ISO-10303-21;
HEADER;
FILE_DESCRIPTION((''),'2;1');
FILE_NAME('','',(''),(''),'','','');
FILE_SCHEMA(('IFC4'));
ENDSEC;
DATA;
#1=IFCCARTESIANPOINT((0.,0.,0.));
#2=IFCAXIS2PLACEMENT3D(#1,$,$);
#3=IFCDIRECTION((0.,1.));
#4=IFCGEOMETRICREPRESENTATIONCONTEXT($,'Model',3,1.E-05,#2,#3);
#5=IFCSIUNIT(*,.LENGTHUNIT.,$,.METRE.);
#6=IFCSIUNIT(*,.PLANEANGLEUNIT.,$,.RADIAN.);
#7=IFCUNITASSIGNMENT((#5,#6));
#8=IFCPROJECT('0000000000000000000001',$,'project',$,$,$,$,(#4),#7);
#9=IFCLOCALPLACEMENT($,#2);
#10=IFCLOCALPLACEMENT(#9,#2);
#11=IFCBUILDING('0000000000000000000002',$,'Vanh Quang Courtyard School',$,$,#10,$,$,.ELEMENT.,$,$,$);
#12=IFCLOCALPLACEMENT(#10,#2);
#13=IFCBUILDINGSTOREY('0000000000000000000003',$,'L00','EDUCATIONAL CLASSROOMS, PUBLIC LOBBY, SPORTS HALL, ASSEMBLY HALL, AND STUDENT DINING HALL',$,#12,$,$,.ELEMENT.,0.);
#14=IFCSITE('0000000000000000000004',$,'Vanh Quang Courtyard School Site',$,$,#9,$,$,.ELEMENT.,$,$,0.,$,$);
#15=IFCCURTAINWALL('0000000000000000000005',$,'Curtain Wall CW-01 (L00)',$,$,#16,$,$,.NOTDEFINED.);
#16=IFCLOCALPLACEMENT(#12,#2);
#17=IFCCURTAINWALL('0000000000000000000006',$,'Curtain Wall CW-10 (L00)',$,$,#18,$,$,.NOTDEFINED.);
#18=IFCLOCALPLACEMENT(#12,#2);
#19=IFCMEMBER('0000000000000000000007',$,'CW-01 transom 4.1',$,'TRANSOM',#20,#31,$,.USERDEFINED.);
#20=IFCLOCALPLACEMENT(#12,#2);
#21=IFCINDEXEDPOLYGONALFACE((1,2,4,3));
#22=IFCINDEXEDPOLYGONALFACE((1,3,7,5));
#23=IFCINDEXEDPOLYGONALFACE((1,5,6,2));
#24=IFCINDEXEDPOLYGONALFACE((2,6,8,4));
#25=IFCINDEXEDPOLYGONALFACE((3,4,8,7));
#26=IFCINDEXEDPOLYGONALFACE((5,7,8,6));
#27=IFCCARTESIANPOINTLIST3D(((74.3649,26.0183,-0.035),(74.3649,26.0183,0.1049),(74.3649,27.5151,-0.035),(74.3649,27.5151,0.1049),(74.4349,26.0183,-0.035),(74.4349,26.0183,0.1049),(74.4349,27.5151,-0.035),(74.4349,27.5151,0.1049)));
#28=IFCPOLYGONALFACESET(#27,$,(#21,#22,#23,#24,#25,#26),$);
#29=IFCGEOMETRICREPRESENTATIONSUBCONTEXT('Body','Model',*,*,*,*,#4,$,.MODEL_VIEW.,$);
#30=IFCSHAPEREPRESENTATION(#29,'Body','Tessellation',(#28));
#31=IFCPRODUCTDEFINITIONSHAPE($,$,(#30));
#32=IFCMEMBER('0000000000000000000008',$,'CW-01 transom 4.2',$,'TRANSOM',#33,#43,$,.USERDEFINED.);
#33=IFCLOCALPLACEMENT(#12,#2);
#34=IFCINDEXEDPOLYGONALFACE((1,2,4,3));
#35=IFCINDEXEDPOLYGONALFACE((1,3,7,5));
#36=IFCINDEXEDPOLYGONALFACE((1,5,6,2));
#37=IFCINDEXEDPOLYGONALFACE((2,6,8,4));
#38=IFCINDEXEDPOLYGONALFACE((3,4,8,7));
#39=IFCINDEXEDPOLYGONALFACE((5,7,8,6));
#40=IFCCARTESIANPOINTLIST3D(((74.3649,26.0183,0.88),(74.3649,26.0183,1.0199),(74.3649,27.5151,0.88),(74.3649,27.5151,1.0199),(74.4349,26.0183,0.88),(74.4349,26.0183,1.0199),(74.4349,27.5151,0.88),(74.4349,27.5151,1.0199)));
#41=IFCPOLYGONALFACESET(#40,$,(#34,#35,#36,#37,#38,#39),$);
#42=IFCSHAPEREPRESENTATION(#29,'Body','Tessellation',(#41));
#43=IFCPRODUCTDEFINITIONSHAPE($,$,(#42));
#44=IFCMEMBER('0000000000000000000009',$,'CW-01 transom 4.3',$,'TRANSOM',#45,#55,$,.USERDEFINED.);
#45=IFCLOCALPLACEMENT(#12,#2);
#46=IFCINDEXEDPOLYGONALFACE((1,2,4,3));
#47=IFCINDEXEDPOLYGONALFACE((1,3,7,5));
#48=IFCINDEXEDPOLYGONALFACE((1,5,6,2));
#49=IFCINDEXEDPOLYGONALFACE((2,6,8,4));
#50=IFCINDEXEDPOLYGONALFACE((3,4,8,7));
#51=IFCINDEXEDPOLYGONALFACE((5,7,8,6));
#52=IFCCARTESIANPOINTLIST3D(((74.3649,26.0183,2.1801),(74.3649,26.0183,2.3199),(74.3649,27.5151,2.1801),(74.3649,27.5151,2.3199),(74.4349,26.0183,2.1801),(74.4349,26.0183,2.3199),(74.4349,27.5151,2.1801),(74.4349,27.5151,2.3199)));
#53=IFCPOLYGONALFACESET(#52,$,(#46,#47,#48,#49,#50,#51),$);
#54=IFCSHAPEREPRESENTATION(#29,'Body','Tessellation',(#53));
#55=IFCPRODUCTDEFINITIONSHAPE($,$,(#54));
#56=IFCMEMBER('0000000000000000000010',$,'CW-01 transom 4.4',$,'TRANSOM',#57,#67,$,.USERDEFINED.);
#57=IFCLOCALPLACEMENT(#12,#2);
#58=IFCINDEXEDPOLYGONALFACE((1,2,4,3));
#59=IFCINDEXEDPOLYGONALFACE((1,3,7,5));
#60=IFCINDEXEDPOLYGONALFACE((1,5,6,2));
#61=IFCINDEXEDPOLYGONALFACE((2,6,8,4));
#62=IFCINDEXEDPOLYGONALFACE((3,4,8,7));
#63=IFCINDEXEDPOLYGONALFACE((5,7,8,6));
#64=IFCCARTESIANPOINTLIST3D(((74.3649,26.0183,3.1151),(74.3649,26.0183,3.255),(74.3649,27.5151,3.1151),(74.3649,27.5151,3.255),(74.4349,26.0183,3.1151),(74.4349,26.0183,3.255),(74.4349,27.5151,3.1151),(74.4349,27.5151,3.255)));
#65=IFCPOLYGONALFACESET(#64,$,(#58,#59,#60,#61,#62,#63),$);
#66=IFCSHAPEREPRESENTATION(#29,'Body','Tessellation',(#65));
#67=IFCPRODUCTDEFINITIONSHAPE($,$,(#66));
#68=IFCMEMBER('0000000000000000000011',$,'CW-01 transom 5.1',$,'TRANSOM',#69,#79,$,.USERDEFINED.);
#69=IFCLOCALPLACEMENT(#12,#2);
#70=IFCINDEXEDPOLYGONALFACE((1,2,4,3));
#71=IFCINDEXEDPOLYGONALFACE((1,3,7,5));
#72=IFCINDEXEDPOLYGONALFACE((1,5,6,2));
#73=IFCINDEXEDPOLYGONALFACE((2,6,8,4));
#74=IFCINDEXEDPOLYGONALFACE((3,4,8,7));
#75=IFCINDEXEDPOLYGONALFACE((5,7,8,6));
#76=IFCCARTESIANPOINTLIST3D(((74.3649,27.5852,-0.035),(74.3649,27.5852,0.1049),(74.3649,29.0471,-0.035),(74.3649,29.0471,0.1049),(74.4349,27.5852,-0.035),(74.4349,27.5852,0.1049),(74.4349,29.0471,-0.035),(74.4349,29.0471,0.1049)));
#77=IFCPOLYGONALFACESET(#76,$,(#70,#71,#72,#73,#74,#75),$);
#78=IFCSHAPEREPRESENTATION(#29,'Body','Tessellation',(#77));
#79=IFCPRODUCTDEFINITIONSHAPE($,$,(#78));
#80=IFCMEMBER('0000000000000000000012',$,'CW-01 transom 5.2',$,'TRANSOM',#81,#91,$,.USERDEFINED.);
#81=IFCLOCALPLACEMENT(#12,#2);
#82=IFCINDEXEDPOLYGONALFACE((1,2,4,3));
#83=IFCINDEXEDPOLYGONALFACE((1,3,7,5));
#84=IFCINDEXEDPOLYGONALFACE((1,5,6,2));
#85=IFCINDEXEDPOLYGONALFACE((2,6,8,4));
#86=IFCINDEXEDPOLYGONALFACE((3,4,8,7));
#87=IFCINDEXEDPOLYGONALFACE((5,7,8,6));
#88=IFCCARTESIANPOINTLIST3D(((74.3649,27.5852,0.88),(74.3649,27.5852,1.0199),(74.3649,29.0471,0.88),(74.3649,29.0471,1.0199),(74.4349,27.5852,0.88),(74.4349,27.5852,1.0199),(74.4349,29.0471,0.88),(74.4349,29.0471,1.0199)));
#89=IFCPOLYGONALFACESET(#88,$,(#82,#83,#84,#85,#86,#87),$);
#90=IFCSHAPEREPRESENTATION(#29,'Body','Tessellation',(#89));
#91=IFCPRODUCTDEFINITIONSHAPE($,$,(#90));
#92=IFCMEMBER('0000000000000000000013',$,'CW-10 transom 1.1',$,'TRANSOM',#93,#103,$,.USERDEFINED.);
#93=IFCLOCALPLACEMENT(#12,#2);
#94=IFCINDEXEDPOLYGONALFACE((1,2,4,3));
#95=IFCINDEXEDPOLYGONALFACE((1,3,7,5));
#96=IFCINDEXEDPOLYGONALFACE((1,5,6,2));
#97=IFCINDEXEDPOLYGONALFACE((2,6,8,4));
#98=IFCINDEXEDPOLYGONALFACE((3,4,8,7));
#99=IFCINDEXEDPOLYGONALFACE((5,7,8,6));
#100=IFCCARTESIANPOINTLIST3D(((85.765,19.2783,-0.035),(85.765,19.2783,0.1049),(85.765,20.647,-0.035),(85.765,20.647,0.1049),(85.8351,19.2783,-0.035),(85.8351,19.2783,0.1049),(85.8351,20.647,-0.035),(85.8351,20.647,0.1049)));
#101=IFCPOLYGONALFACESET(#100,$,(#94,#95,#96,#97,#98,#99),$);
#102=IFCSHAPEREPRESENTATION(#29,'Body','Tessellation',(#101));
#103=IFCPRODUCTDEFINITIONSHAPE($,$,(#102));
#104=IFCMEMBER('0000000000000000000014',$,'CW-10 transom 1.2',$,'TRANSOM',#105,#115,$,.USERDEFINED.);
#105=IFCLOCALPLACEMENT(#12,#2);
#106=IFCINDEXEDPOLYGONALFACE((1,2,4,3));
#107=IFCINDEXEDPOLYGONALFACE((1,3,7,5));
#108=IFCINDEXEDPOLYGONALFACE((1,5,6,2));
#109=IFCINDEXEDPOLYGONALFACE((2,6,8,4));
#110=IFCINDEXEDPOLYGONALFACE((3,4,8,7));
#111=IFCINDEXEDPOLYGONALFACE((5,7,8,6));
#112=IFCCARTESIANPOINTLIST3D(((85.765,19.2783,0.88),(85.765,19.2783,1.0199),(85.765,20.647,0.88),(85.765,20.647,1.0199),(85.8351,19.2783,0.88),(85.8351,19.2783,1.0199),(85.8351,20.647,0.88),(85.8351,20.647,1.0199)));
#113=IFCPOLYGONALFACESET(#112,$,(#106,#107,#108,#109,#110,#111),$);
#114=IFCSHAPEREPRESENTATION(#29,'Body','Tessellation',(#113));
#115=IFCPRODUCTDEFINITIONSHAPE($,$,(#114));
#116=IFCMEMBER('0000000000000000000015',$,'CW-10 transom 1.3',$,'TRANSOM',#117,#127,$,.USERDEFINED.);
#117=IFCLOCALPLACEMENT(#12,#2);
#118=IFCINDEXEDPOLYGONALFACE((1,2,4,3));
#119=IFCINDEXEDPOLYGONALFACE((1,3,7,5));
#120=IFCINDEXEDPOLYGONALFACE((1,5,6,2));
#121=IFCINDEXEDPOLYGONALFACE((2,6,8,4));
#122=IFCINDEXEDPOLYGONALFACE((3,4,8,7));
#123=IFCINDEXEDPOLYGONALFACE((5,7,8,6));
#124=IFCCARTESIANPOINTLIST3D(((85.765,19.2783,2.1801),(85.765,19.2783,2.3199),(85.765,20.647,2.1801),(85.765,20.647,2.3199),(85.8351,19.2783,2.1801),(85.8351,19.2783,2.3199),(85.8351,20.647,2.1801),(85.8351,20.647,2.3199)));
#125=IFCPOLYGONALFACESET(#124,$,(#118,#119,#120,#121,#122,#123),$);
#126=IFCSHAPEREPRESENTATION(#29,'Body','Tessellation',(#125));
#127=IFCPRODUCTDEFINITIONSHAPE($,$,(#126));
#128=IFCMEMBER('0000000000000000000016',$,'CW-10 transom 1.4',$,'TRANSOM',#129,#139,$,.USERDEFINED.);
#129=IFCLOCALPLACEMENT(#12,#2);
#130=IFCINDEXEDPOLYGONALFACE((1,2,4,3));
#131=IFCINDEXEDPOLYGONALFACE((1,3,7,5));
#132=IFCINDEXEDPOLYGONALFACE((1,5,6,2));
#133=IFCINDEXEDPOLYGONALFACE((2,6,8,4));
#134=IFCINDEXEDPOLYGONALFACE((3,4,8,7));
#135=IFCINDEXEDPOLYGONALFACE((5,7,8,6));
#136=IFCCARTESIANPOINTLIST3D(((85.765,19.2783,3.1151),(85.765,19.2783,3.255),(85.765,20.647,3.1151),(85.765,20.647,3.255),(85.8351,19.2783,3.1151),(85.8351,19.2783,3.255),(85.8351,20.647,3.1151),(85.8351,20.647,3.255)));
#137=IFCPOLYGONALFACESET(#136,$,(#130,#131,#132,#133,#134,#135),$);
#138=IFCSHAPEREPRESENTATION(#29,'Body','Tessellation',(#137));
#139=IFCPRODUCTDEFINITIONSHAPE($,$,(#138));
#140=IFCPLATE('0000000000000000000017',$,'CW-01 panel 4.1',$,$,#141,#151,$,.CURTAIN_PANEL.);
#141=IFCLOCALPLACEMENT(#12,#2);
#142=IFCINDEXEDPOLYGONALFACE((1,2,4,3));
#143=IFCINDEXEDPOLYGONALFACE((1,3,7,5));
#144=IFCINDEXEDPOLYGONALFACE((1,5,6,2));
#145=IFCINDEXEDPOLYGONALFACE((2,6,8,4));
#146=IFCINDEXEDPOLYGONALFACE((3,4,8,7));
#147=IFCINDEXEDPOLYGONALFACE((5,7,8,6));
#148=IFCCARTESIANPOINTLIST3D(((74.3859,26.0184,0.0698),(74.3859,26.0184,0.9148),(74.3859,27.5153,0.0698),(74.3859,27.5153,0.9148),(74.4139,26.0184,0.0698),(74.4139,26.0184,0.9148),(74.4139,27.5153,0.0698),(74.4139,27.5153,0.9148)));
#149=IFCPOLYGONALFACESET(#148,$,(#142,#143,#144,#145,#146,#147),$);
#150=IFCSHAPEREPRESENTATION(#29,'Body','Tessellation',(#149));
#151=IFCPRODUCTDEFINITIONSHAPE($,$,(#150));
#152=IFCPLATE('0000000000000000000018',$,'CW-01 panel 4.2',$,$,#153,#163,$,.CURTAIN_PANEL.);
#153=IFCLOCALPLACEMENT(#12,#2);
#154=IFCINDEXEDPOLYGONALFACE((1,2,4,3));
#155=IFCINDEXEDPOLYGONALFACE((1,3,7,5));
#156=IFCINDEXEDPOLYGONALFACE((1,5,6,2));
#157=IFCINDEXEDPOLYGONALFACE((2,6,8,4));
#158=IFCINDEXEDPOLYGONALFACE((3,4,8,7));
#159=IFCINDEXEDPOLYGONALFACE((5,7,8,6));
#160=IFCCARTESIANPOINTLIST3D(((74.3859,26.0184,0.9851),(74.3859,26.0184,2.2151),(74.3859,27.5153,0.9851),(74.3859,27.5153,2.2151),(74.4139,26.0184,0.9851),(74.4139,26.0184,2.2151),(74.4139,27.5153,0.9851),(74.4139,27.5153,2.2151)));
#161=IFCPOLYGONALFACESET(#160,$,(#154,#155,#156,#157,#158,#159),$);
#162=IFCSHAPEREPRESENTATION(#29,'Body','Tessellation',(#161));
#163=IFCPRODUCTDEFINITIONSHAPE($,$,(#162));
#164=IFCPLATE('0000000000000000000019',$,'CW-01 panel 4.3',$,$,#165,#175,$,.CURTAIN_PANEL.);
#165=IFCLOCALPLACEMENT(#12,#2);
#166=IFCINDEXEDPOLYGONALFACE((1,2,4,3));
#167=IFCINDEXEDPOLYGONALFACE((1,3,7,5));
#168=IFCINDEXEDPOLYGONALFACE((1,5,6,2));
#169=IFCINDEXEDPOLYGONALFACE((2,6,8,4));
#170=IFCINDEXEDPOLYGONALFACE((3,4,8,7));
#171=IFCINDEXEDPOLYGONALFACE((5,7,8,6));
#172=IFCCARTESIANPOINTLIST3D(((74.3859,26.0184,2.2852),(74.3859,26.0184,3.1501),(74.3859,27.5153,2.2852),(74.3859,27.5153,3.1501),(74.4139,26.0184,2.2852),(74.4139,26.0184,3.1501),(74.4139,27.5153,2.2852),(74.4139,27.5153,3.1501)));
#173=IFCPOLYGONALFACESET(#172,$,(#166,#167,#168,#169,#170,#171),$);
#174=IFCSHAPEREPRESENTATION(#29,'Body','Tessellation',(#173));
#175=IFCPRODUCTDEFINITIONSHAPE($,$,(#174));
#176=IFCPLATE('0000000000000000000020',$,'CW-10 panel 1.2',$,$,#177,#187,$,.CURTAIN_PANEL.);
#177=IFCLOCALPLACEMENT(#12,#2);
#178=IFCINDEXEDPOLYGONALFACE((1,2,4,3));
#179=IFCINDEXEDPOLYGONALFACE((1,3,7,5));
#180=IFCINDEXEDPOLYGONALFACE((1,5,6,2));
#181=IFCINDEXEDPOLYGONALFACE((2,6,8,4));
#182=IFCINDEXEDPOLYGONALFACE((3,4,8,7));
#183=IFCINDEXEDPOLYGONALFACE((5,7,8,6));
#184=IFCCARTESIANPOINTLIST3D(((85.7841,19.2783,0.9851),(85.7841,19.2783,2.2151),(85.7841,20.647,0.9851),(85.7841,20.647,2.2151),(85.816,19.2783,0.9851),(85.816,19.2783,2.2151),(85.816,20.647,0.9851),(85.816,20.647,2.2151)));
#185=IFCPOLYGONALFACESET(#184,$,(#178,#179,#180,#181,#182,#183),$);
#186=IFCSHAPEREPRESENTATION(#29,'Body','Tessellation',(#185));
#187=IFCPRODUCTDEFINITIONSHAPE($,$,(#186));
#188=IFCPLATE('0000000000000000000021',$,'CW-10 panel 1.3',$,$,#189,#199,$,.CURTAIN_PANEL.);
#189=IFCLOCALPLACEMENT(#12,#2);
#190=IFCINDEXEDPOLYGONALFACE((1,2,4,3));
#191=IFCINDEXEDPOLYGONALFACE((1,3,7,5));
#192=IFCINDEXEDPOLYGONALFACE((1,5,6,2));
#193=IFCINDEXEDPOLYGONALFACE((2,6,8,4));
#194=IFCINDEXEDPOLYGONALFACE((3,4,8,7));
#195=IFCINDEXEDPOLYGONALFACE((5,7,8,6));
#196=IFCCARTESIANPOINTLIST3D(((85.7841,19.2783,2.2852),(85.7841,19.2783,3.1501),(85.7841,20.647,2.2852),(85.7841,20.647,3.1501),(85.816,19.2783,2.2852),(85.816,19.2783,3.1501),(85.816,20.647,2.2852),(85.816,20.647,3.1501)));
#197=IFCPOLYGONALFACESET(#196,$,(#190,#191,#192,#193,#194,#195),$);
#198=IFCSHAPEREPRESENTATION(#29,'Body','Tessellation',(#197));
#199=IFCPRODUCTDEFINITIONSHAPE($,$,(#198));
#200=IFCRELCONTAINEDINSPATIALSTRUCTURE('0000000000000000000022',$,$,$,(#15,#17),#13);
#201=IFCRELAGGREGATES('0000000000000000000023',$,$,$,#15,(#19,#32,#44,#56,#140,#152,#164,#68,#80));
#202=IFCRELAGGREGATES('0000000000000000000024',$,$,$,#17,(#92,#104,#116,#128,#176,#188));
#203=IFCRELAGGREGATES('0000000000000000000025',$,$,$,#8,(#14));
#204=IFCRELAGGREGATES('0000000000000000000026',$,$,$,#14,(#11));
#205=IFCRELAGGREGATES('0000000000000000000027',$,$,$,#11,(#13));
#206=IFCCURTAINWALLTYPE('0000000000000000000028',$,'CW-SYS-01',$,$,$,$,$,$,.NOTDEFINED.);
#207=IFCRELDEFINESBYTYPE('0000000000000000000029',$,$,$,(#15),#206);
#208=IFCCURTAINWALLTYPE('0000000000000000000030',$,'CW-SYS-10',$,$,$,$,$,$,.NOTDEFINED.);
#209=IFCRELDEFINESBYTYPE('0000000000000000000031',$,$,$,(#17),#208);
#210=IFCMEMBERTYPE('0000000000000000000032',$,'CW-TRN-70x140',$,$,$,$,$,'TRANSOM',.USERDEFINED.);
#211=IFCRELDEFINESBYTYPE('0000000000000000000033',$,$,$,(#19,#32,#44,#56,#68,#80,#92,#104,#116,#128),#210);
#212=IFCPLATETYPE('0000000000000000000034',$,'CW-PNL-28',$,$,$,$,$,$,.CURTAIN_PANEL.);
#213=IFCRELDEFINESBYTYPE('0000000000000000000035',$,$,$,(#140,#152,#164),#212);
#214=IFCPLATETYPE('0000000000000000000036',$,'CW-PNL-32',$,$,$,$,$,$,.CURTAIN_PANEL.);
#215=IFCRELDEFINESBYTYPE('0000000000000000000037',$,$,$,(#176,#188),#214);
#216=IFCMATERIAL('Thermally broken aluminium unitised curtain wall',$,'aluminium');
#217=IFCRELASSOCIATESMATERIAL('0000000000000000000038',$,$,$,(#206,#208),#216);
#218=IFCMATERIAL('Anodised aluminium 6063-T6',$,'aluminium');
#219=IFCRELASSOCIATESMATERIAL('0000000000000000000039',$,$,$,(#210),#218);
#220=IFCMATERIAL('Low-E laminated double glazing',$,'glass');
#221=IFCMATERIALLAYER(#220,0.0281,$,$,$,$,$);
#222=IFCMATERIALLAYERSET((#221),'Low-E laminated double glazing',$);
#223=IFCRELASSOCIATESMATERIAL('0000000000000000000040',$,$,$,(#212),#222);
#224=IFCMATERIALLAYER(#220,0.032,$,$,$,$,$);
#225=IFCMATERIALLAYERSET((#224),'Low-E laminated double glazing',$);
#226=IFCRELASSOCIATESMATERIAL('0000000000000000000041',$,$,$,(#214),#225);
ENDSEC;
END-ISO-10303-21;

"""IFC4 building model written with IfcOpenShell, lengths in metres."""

from ifc_helpers import new_model, si_unit, direction, frame, origin, origin_2d, place, context, subcontext, project, spatial, rectangle, extrude, material, layer, layer_set, material_profile, profile_set, type_object, element, aggregate, save


model = new_model("IFC4")

# Units and contexts
model_context = context("Model", 3, precision=1e-05, world=origin(), true_north=direction((0.0, 1.0)))
body_context = subcontext(model_context, "Body", "Model", "MODEL_VIEW")
ifc_project = project(units=[si_unit("LENGTHUNIT", "METRE"), si_unit("PLANEANGLEUNIT", "RADIAN")], contexts=[model_context])

# Site, building, storey
site_placement = place(None, origin())
site = spatial("IfcSite", under=ifc_project, at=site_placement, Name="Vanh Quang Courtyard School Site", CompositionType="ELEMENT", RefElevation=0.0)
building_placement = place(site_placement, origin())
building = spatial("IfcBuilding", under=site, at=building_placement, Name="Vanh Quang Courtyard School", CompositionType="ELEMENT")
storey_placement = place(building_placement, origin())
storey = spatial("IfcBuildingStorey", under=building, at=storey_placement, Name="L00", Description="EDUCATIONAL CLASSROOMS, PUBLIC LOBBY, SPORTS HALL, ASSEMBLY HALL, AND STUDENT DINING HALL", CompositionType="ELEMENT", Elevation=0.0)

# Curtain walls
ifc_material_1 = material(Name="Thermally broken aluminium unitised curtain wall", Category="aluminium")
curtain_wall_type_1 = type_object("IfcCurtainWallType", Name="CW-SYS-01", PredefinedType="NOTDEFINED", material=ifc_material_1)
curtain_wall_1_placement = place(storey_placement, origin())
curtain_wall_1 = element("IfcCurtainWall", 1, at=curtain_wall_1_placement, inside=storey, type_object=curtain_wall_type_1, Name="Curtain Wall CW-01 (L00)", PredefinedType="NOTDEFINED")
ifc_material_2 = material(Name="Anodised aluminium 6063-T6", Category="aluminium")
curtain_wall_type_2 = type_object("IfcCurtainWallType", Name="CW-SYS-10", PredefinedType="NOTDEFINED", material=ifc_material_1)
curtain_wall_2_placement = place(storey_placement, origin())
curtain_wall_2 = element("IfcCurtainWall", 2, at=curtain_wall_2_placement, inside=storey, type_object=curtain_wall_type_2, Name="Curtain Wall CW-10 (L00)", PredefinedType="NOTDEFINED")

# Members
ifc_material_profile_1 = material_profile(ifc_material_2, rectangle(XDim=0.0701, YDim=0.1399, at=origin_2d()), Name="ALU-TRN 70x140")
ifc_profile_set_1 = profile_set([ifc_material_profile_1], Name="Anodised aluminium 6063-T6")
member_type_1 = type_object("IfcMemberType", Name="CW-TRN-70x140", ElementType="TRANSOM", PredefinedType="USERDEFINED", material=ifc_profile_set_1)
member_1_placement = place(storey_placement, frame((74.3999, 26.0183, 0.0349), z_axis=(0.0, 1.0, 0.0), x_axis=(-1.0, 0.0, 0.0)))
member_1 = element("IfcMember", 3, at=member_1_placement, type_object=member_type_1, Name="CW-01 transom 4.1", ObjectType="TRANSOM", PredefinedType="USERDEFINED", context=body_context, shape_type="SweptSolid", body=[
    extrude(rectangle(XDim=0.0701, YDim=0.1399, at=origin_2d()), origin(), (0.0, 0.0, 1.0), 1.4968),
])
member_2_placement = place(storey_placement, frame((74.3999, 26.0183, 0.95), z_axis=(0.0, 1.0, 0.0), x_axis=(-1.0, 0.0, 0.0)))
member_2 = element("IfcMember", 4, at=member_2_placement, type_object=member_type_1, Name="CW-01 transom 4.2", ObjectType="TRANSOM", PredefinedType="USERDEFINED", context=body_context, shape_type="SweptSolid", body=[
    extrude(rectangle(XDim=0.0701, YDim=0.1399, at=origin_2d()), origin(), (0.0, 0.0, 1.0), 1.4968),
])
member_3_placement = place(storey_placement, frame((74.3999, 26.0183, 2.25), z_axis=(0.0, 1.0, 0.0), x_axis=(-1.0, 0.0, 0.0)))
member_3 = element("IfcMember", 5, at=member_3_placement, type_object=member_type_1, Name="CW-01 transom 4.3", ObjectType="TRANSOM", PredefinedType="USERDEFINED", context=body_context, shape_type="SweptSolid", body=[
    extrude(rectangle(XDim=0.0701, YDim=0.1399, at=origin_2d()), origin(), (0.0, 0.0, 1.0), 1.4968),
])
member_4_placement = place(storey_placement, frame((74.3999, 26.0183, 3.1851), z_axis=(0.0, 1.0, 0.0), x_axis=(-1.0, 0.0, 0.0)))
member_4 = element("IfcMember", 6, at=member_4_placement, type_object=member_type_1, Name="CW-01 transom 4.4", ObjectType="TRANSOM", PredefinedType="USERDEFINED", context=body_context, shape_type="SweptSolid", body=[
    extrude(rectangle(XDim=0.0701, YDim=0.1399, at=origin_2d()), origin(), (0.0, 0.0, 1.0), 1.4968),
])
member_5_placement = place(storey_placement, frame((74.3999, 27.5852, 0.0349), z_axis=(0.0, 1.0, 0.0), x_axis=(-1.0, 0.0, 0.0)))
member_5 = element("IfcMember", 7, at=member_5_placement, type_object=member_type_1, Name="CW-01 transom 5.1", ObjectType="TRANSOM", PredefinedType="USERDEFINED", context=body_context, shape_type="SweptSolid", body=[
    extrude(rectangle(XDim=0.0701, YDim=0.1399, at=origin_2d()), origin(), (0.0, 0.0, 1.0), 1.4619),
])
member_6_placement = place(storey_placement, frame((74.3999, 27.5852, 0.95), z_axis=(0.0, 1.0, 0.0), x_axis=(-1.0, 0.0, 0.0)))
member_6 = element("IfcMember", 8, at=member_6_placement, type_object=member_type_1, Name="CW-01 transom 5.2", ObjectType="TRANSOM", PredefinedType="USERDEFINED", context=body_context, shape_type="SweptSolid", body=[
    extrude(rectangle(XDim=0.0701, YDim=0.1399, at=origin_2d()), origin(), (0.0, 0.0, 1.0), 1.4619),
])
member_7_placement = place(storey_placement, frame((85.8, 20.647, 0.0349), z_axis=(0.0, -1.0, 0.0), x_axis=(1.0, 0.0, 0.0)))
member_7 = element("IfcMember", 9, at=member_7_placement, type_object=member_type_1, Name="CW-10 transom 1.1", ObjectType="TRANSOM", PredefinedType="USERDEFINED", context=body_context, shape_type="SweptSolid", body=[
    extrude(rectangle(XDim=0.0701, YDim=0.1399, at=origin_2d()), origin(), (0.0, 0.0, 1.0), 1.3687),
])
member_8_placement = place(storey_placement, frame((85.8, 20.647, 0.95), z_axis=(0.0, -1.0, 0.0), x_axis=(1.0, 0.0, 0.0)))
member_8 = element("IfcMember", 10, at=member_8_placement, type_object=member_type_1, Name="CW-10 transom 1.2", ObjectType="TRANSOM", PredefinedType="USERDEFINED", context=body_context, shape_type="SweptSolid", body=[
    extrude(rectangle(XDim=0.0701, YDim=0.1399, at=origin_2d()), origin(), (0.0, 0.0, 1.0), 1.3687),
])
member_9_placement = place(storey_placement, frame((85.8, 20.647, 2.25), z_axis=(0.0, -1.0, 0.0), x_axis=(1.0, 0.0, 0.0)))
member_9 = element("IfcMember", 11, at=member_9_placement, type_object=member_type_1, Name="CW-10 transom 1.3", ObjectType="TRANSOM", PredefinedType="USERDEFINED", context=body_context, shape_type="SweptSolid", body=[
    extrude(rectangle(XDim=0.0701, YDim=0.1399, at=origin_2d()), origin(), (0.0, 0.0, 1.0), 1.3687),
])
member_10_placement = place(storey_placement, frame((85.8, 20.647, 3.1851), z_axis=(0.0, -1.0, 0.0), x_axis=(1.0, 0.0, 0.0)))
member_10 = element("IfcMember", 12, at=member_10_placement, type_object=member_type_1, Name="CW-10 transom 1.4", ObjectType="TRANSOM", PredefinedType="USERDEFINED", context=body_context, shape_type="SweptSolid", body=[
    extrude(rectangle(XDim=0.0701, YDim=0.1399, at=origin_2d()), origin(), (0.0, 0.0, 1.0), 1.3687),
])

# Plates
ifc_material_3 = material(Name="Low-E laminated double glazing", Category="glass")
ifc_layer_1 = layer(ifc_material_3, 0.0281)
ifc_layer_set_1 = layer_set([ifc_layer_1], Name="Low-E laminated double glazing")
plate_type_1 = type_object("IfcPlateType", Name="CW-PNL-28", PredefinedType="CURTAIN_PANEL", material=ifc_layer_set_1)
plate_1_placement = place(storey_placement, frame((74.3999, 26.7668, 0.0698), z_axis=(0.0, 0.0, 1.0), x_axis=(0.0, 1.0, 0.0)))
plate_1 = element("IfcPlate", 13, at=plate_1_placement, type_object=plate_type_1, Name="CW-01 panel 4.1", PredefinedType="CURTAIN_PANEL", context=body_context, shape_type="SweptSolid", body=[
    extrude(rectangle(XDim=1.4968, YDim=0.0281, at=origin_2d()), origin(), (0.0, 0.0, 1.0), 0.845),
])
plate_2_placement = place(storey_placement, frame((74.3999, 26.7668, 0.9851), z_axis=(0.0, 0.0, 1.0), x_axis=(0.0, 1.0, 0.0)))
plate_2 = element("IfcPlate", 14, at=plate_2_placement, type_object=plate_type_1, Name="CW-01 panel 4.2", PredefinedType="CURTAIN_PANEL", context=body_context, shape_type="SweptSolid", body=[
    extrude(rectangle(XDim=1.4968, YDim=0.0281, at=origin_2d()), origin(), (0.0, 0.0, 1.0), 1.23),
])
plate_3_placement = place(storey_placement, frame((74.3999, 26.7668, 2.2852), z_axis=(0.0, 0.0, 1.0), x_axis=(0.0, 1.0, 0.0)))
plate_3 = element("IfcPlate", 15, at=plate_3_placement, type_object=plate_type_1, Name="CW-01 panel 4.3", PredefinedType="CURTAIN_PANEL", context=body_context, shape_type="SweptSolid", body=[
    extrude(rectangle(XDim=1.4968, YDim=0.0281, at=origin_2d()), origin(), (0.0, 0.0, 1.0), 0.865),
])
aggregate(curtain_wall_1, [member_1, member_2, member_3, member_4, plate_1, plate_2, plate_3, member_5, member_6])
ifc_layer_2 = layer(ifc_material_3, 0.032)
ifc_layer_set_2 = layer_set([ifc_layer_2], Name="Low-E laminated double glazing")
plate_type_2 = type_object("IfcPlateType", Name="CW-PNL-32", PredefinedType="CURTAIN_PANEL", material=ifc_layer_set_2)
plate_4_placement = place(storey_placement, frame((85.8, 19.9626, 0.9851), z_axis=(0.0, 0.0, 1.0), x_axis=(0.0, -1.0, 0.0)))
plate_4 = element("IfcPlate", 16, at=plate_4_placement, type_object=plate_type_2, Name="CW-10 panel 1.2", PredefinedType="CURTAIN_PANEL", context=body_context, shape_type="SweptSolid", body=[
    extrude(rectangle(XDim=1.3687, YDim=0.032, at=origin_2d()), origin(), (0.0, 0.0, 1.0), 1.23),
])
plate_5_placement = place(storey_placement, frame((85.8, 19.9626, 2.2852), z_axis=(0.0, 0.0, 1.0), x_axis=(0.0, -1.0, 0.0)))
plate_5 = element("IfcPlate", 17, at=plate_5_placement, type_object=plate_type_2, Name="CW-10 panel 1.3", PredefinedType="CURTAIN_PANEL", context=body_context, shape_type="SweptSolid", body=[
    extrude(rectangle(XDim=1.3687, YDim=0.032, at=origin_2d()), origin(), (0.0, 0.0, 1.0), 0.865),
])
aggregate(curtain_wall_2, [member_7, member_8, member_9, member_10, plate_4, plate_5])

save(model, "model.ifc")
